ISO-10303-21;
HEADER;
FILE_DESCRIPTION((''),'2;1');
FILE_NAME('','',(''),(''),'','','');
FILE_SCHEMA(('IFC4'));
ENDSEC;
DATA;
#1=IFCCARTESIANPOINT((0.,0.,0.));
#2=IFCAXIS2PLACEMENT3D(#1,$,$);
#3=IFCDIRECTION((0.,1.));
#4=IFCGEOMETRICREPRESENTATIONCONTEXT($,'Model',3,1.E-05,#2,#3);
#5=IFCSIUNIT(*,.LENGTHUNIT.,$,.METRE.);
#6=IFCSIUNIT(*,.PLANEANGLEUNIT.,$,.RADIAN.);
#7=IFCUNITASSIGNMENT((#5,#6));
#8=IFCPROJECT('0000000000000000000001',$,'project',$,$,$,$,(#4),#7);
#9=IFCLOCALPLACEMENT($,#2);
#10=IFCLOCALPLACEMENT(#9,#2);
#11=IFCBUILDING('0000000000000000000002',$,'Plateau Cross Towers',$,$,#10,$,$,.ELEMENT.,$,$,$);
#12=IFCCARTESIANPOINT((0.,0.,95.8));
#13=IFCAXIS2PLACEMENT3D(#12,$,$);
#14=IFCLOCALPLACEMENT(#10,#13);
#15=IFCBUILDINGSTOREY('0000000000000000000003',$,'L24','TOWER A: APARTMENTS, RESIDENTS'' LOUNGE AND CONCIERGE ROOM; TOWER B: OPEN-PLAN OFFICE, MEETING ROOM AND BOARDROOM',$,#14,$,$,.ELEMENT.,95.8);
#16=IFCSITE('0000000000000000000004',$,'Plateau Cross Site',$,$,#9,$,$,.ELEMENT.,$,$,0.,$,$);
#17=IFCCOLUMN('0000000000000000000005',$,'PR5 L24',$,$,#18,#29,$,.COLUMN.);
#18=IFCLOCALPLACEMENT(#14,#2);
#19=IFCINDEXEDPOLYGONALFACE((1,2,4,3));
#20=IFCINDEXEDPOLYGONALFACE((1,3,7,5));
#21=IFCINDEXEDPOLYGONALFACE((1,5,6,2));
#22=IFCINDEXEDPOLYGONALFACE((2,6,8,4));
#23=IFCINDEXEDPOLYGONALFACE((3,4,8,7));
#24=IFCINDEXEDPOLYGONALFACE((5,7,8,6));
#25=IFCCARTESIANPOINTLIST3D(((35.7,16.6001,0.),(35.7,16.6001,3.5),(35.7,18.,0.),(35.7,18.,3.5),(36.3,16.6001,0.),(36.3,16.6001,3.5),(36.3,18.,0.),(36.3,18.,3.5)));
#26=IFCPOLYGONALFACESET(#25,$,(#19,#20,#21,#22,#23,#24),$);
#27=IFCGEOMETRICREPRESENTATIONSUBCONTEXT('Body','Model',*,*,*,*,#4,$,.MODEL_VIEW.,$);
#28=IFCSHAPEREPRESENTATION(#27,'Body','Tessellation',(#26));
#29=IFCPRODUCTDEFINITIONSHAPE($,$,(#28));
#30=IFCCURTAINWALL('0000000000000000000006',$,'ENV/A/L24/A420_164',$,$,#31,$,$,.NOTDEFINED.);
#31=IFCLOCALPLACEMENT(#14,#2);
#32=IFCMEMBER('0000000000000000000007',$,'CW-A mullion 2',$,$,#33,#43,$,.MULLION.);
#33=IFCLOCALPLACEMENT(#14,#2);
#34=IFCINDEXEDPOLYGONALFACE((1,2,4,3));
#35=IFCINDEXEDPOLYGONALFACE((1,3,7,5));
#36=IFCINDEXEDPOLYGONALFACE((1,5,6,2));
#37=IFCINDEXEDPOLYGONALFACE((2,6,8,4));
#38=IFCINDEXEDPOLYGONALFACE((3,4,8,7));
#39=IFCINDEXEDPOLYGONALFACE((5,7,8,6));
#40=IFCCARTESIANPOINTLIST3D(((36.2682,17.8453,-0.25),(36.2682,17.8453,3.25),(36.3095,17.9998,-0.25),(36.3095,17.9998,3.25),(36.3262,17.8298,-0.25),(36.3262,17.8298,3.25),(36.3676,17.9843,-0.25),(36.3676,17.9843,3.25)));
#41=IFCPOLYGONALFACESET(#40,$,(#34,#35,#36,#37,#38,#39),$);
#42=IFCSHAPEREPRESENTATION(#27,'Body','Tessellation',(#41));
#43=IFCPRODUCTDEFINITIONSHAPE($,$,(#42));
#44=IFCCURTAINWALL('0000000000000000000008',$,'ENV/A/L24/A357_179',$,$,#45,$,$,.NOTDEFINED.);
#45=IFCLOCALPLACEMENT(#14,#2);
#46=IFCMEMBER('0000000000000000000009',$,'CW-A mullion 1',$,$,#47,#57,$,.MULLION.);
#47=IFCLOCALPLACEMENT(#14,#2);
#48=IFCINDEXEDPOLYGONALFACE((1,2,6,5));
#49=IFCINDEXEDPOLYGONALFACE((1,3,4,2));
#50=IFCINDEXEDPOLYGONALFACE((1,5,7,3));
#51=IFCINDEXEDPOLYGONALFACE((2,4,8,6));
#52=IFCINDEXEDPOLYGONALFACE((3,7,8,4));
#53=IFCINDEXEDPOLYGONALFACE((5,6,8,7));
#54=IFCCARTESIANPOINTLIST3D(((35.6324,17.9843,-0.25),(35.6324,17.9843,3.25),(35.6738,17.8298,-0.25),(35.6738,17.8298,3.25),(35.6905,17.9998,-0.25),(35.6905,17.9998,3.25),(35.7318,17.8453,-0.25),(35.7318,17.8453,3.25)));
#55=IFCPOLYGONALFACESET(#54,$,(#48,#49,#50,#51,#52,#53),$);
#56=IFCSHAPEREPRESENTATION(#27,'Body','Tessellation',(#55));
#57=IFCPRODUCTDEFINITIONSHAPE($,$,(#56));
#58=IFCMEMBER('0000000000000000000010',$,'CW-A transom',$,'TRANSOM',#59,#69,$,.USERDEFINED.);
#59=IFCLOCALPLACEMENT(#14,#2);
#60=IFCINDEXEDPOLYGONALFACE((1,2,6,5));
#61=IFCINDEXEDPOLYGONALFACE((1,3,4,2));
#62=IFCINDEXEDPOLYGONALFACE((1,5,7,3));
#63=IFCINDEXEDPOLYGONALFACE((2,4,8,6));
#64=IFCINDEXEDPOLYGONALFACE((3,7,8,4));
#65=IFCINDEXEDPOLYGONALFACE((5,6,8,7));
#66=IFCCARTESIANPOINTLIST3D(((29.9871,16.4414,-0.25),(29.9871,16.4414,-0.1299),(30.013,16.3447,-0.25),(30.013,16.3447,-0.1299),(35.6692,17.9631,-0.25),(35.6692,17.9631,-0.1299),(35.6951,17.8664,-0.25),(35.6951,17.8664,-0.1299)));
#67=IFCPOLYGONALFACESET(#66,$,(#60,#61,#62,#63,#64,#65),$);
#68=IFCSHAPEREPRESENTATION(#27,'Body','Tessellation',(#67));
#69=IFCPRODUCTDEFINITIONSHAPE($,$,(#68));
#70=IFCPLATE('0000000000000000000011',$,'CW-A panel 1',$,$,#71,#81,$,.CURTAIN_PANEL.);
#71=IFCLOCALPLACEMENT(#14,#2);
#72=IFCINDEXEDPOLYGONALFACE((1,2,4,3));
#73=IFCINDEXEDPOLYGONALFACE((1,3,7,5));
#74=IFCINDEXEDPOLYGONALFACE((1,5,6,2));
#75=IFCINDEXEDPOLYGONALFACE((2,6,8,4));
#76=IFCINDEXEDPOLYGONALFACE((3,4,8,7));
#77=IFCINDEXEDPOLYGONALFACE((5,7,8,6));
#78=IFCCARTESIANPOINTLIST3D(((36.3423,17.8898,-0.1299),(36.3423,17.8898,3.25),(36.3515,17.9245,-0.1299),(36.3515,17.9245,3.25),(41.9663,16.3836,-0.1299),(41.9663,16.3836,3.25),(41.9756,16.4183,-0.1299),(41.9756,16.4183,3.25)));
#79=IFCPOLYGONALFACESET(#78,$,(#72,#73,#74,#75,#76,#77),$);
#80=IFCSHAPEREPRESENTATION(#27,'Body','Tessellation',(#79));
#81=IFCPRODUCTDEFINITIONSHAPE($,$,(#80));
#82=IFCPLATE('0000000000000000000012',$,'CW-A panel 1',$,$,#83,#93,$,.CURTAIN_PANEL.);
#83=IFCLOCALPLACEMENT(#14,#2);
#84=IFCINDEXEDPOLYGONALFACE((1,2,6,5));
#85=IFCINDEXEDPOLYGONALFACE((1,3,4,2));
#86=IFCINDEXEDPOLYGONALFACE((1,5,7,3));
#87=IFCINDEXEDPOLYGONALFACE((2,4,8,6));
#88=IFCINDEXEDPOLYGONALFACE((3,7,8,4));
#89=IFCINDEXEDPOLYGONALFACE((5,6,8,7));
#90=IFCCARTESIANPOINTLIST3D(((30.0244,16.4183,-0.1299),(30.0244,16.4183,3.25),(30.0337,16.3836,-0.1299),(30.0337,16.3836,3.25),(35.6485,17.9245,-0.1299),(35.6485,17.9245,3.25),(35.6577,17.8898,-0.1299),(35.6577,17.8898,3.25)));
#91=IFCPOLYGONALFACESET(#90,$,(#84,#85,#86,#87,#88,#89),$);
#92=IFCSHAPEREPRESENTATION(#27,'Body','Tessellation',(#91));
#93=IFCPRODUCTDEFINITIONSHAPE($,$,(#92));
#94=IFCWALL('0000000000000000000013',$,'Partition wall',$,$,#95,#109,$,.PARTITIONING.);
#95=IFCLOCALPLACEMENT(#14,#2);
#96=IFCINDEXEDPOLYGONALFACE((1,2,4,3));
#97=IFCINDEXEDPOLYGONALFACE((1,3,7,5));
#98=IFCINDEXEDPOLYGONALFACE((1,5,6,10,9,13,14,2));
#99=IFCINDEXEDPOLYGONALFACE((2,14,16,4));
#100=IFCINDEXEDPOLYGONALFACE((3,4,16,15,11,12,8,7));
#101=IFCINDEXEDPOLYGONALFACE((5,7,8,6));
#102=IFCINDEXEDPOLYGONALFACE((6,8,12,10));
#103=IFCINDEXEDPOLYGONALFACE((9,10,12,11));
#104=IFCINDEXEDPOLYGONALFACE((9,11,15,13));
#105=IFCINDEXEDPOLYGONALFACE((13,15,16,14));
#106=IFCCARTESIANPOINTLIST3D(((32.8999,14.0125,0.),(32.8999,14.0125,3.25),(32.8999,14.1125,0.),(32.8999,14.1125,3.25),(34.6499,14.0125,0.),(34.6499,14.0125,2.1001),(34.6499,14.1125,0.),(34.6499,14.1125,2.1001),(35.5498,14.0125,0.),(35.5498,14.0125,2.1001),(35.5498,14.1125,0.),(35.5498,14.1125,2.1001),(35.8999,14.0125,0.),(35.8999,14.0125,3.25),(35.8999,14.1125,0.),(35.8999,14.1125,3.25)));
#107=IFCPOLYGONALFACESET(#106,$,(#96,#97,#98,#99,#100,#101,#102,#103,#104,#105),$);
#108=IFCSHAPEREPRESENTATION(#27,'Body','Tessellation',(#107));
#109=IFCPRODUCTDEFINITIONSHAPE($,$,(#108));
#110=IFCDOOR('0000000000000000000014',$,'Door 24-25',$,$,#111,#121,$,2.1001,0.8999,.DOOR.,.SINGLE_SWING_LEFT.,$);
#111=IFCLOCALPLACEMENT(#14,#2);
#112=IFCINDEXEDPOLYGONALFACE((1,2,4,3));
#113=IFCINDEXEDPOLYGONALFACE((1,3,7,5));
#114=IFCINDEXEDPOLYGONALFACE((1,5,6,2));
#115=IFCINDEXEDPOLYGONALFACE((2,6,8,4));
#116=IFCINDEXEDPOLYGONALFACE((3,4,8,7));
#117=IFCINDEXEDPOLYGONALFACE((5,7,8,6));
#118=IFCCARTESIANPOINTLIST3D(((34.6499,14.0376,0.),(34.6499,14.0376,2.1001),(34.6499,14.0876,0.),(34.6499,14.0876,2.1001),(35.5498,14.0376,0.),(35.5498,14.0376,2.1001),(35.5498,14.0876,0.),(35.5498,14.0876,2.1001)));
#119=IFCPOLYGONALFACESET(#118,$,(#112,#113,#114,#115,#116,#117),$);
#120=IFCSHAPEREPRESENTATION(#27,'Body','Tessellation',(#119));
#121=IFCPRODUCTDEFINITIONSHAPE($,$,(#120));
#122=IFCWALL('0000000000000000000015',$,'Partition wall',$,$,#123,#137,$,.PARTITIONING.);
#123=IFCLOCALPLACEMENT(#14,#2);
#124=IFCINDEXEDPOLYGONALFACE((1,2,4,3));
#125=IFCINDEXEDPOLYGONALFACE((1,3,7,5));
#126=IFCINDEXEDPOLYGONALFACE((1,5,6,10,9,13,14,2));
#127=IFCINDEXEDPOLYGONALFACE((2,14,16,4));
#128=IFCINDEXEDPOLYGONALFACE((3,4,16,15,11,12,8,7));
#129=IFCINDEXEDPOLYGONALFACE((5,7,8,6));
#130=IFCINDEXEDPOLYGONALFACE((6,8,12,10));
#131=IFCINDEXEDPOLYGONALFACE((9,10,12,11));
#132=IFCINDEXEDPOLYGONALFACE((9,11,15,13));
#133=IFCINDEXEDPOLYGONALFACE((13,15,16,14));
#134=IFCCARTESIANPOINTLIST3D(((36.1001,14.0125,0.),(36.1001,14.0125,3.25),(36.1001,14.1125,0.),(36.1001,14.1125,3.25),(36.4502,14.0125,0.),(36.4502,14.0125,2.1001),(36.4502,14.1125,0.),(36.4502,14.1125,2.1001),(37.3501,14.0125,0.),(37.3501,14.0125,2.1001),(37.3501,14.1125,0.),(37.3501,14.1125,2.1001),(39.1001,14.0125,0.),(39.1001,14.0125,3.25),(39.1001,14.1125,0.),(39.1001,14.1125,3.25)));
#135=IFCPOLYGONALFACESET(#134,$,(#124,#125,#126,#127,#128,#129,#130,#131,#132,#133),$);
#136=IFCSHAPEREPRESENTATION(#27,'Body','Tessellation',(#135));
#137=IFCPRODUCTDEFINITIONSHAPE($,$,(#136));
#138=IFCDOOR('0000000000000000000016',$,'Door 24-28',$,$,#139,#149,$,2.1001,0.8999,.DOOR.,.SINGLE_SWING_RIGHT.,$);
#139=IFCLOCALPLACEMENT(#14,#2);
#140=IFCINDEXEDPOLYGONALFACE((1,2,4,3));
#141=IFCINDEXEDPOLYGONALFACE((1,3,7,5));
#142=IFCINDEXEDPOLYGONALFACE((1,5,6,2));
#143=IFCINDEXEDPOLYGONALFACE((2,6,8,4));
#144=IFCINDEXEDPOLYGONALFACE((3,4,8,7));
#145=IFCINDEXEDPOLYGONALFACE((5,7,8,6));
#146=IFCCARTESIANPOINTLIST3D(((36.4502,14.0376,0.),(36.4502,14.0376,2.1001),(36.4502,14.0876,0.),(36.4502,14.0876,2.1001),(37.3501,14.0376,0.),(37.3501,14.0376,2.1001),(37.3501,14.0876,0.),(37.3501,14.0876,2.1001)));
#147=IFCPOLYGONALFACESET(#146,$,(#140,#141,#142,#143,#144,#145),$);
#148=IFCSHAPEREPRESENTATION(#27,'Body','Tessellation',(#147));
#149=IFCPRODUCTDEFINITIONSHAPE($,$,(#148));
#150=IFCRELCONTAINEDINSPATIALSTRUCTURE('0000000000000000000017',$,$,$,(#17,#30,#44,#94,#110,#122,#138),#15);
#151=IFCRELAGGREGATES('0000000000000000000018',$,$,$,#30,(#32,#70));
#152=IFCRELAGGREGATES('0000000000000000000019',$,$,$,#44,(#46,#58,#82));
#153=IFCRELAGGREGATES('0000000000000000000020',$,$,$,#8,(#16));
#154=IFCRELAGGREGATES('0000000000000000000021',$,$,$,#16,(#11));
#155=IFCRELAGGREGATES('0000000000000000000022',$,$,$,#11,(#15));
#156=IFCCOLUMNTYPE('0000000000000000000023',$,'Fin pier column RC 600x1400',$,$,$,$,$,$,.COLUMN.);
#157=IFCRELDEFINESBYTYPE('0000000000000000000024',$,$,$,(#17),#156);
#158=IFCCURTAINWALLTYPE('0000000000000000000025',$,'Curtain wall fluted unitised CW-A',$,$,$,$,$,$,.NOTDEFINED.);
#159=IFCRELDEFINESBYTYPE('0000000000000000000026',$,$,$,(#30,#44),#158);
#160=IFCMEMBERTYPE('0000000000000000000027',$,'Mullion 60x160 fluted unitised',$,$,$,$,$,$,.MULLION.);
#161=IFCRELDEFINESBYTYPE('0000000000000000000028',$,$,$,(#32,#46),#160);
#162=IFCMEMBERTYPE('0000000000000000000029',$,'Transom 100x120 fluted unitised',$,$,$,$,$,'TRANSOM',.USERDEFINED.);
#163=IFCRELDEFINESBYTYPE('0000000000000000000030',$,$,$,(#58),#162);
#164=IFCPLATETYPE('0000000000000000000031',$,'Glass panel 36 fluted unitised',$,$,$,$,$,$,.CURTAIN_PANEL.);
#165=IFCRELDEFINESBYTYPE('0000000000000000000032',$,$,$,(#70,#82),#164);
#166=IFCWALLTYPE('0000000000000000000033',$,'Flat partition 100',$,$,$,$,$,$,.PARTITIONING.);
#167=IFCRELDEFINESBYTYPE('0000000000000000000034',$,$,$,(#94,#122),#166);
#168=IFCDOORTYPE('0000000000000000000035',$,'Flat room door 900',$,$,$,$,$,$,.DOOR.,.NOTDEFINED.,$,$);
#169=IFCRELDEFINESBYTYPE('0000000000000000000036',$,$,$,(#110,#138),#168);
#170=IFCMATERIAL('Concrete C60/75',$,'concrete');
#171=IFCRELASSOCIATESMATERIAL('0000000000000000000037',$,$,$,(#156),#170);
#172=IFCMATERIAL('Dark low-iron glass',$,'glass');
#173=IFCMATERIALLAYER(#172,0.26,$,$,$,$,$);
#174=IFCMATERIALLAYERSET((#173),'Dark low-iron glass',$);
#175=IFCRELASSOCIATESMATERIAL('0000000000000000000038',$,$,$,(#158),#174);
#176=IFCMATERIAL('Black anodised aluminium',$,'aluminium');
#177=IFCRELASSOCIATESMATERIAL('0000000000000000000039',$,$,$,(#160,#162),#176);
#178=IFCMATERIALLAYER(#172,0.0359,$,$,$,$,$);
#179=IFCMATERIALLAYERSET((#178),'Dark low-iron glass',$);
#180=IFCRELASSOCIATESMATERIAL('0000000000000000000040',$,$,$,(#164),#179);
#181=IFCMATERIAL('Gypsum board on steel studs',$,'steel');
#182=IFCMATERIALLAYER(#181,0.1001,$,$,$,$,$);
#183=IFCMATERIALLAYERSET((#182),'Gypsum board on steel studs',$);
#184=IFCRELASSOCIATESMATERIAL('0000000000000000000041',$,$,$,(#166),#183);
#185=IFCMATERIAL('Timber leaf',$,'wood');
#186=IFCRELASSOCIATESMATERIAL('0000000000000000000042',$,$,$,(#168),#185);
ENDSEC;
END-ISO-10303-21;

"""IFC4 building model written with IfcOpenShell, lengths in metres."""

from ifc_helpers import new_model, si_unit, direction, frame, frame_2d, origin, origin_2d, place, context, subcontext, project, spatial, rectangle, extrude, material, layer, layer_set, material_profile, profile_set, type_object, element, fill, aggregate, save


model = new_model("IFC4")

# Units and contexts
model_context = context("Model", 3, precision=1e-05, world=origin(), true_north=direction((0.0, 1.0)))
body_context = subcontext(model_context, "Body", "Model", "MODEL_VIEW")
ifc_project = project(units=[si_unit("LENGTHUNIT", "METRE"), si_unit("PLANEANGLEUNIT", "RADIAN")], contexts=[model_context])

# Site, building, storey
site_placement = place(None, origin())
site = spatial("IfcSite", under=ifc_project, at=site_placement, Name="Plateau Cross Site", CompositionType="ELEMENT", RefElevation=0.0)
building_placement = place(site_placement, origin())
building = spatial("IfcBuilding", under=site, at=building_placement, Name="Plateau Cross Towers", CompositionType="ELEMENT")
storey_placement = place(building_placement, frame((0.0, 0.0, 95.8)))
storey = spatial("IfcBuildingStorey", under=building, at=storey_placement, Name="L24", Description="TOWER A: APARTMENTS, RESIDENTS' LOUNGE AND CONCIERGE ROOM; TOWER B: OPEN-PLAN OFFICE, MEETING ROOM AND BOARDROOM", CompositionType="ELEMENT", Elevation=95.8)

# Column
ifc_material_1 = material(Name="Concrete C60/75", Category="concrete")
ifc_material_profile_1 = material_profile(ifc_material_1, rectangle(XDim=0.6001, YDim=1.3999, at=origin_2d()), Name="RC 600x1400")
ifc_profile_set_1 = profile_set([ifc_material_profile_1], Name="Concrete C60/75")
column_type = type_object("IfcColumnType", Name="Fin pier column RC 600x1400", PredefinedType="COLUMN", material=ifc_profile_set_1)
column_placement = place(storey_placement, frame((36.0, 17.3, 0.0), z_axis=(0.0, 0.0, 1.0), x_axis=(1.0, 0.0, 0.0)))
element("IfcColumn", 1, at=column_placement, inside=storey, type_object=column_type, Name="PR5 L24", PredefinedType="COLUMN", context=body_context, shape_type="SweptSolid", body=[
    extrude(rectangle(XDim=0.6001, YDim=1.3999, at=origin_2d()), origin(), (0.0, 0.0, 1.0), 3.5),
])

# Curtain wall, member
ifc_material_2 = material(Name="Dark low-iron glass", Category="glass")
ifc_layer_1 = layer(ifc_material_2, 0.26)
ifc_layer_set_1 = layer_set([ifc_layer_1], Name="Dark low-iron glass")
curtain_wall_type = type_object("IfcCurtainWallType", Name="Curtain wall fluted unitised CW-A", PredefinedType="NOTDEFINED", material=ifc_layer_set_1)
curtain_wall_1_placement = place(storey_placement, origin())
curtain_wall_1 = element("IfcCurtainWall", 2, at=curtain_wall_1_placement, inside=storey, type_object=curtain_wall_type, Name="ENV/A/L24/A420_164", PredefinedType="NOTDEFINED")
ifc_material_3 = material(Name="Black anodised aluminium", Category="aluminium")
ifc_material_profile_2 = material_profile(ifc_material_3, rectangle(XDim=0.0601, YDim=0.1599, at=origin_2d()), Name="MULLION 60x160")
ifc_profile_set_2 = profile_set([ifc_material_profile_2], Name="Black anodised aluminium")
member_type_1 = type_object("IfcMemberType", Name="Mullion 60x160 fluted unitised", PredefinedType="MULLION", material=ifc_profile_set_2)
member_1_placement = place(storey_placement, frame((36.3179, 17.9148, -0.25), z_axis=(0.0, 0.0, 1.0), x_axis=(-0.965958, 0.258699, 0.0)))
member_1 = element("IfcMember", 3, at=member_1_placement, type_object=member_type_1, Name="CW-A mullion 2", PredefinedType="MULLION", context=body_context, shape_type="SweptSolid", body=[
    extrude(rectangle(XDim=0.0601, YDim=0.1599, at=origin_2d()), origin(), (0.0, 0.0, 1.0), 3.5),
])

# Curtain wall, members
curtain_wall_2_placement = place(storey_placement, origin())
curtain_wall_2 = element("IfcCurtainWall", 4, at=curtain_wall_2_placement, inside=storey, type_object=curtain_wall_type, Name="ENV/A/L24/A357_179", PredefinedType="NOTDEFINED")
member_2_placement = place(storey_placement, frame((35.6821, 17.9148, -0.25), z_axis=(0.0, 0.0, 1.0), x_axis=(-0.965958, -0.258699, 0.0)))
member_2 = element("IfcMember", 5, at=member_2_placement, type_object=member_type_1, Name="CW-A mullion 1", PredefinedType="MULLION", context=body_context, shape_type="SweptSolid", body=[
    extrude(rectangle(XDim=0.0601, YDim=0.1599, at=origin_2d()), origin(), (0.0, 0.0, 1.0), 3.5),
])
ifc_material_profile_3 = material_profile(ifc_material_3, rectangle(XDim=0.1001, YDim=0.1201, at=origin_2d()), Name="TRANSOM 100x120")
ifc_profile_set_3 = profile_set([ifc_material_profile_3], Name="Black anodised aluminium")
member_type_2 = type_object("IfcMemberType", Name="Transom 100x120 fluted unitised", ElementType="TRANSOM", PredefinedType="USERDEFINED", material=ifc_profile_set_3)
member_3_placement = place(storey_placement, frame((35.6821, 17.9148, -0.1899), z_axis=(-0.96596, -0.258693, 0.0), x_axis=(0.258693, -0.96596, 0.0)))
member_3 = element("IfcMember", 6, at=member_3_placement, type_object=member_type_2, Name="CW-A transom", ObjectType="TRANSOM", PredefinedType="USERDEFINED", context=body_context, shape_type="SweptSolid", body=[
    extrude(rectangle(XDim=0.1001, YDim=0.1201, at=origin_2d()), origin(), (0.0, 0.0, 1.0), 5.8823),
])

# Plates
ifc_layer_2 = layer(ifc_material_2, 0.0359)
ifc_layer_set_2 = layer_set([ifc_layer_2], Name="Dark low-iron glass")
plate_type = type_object("IfcPlateType", Name="Glass panel 36 fluted unitised", PredefinedType="CURTAIN_PANEL", material=ifc_layer_set_2)
plate_1_placement = place(storey_placement, frame((39.1589, 17.1541, -0.1299), z_axis=(0.0, 0.0, 1.0), x_axis=(-0.965958, 0.258699, 0.0)))
plate_1 = element("IfcPlate", 7, at=plate_1_placement, type_object=plate_type, Name="CW-A panel 1", PredefinedType="CURTAIN_PANEL", context=body_context, shape_type="SweptSolid", body=[
    extrude(rectangle(XDim=5.8223, YDim=0.0359, at=origin_2d()), origin(), (0.0, 0.0, 1.0), 3.3799),
])
aggregate(curtain_wall_1, [member_1, plate_1])
plate_2_placement = place(storey_placement, frame((32.8411, 17.1541, -0.1299), z_axis=(0.0, 0.0, 1.0), x_axis=(-0.965958, -0.258699, 0.0)))
plate_2 = element("IfcPlate", 8, at=plate_2_placement, type_object=plate_type, Name="CW-A panel 1", PredefinedType="CURTAIN_PANEL", context=body_context, shape_type="SweptSolid", body=[
    extrude(rectangle(XDim=5.8223, YDim=0.0359, at=origin_2d()), origin(), (0.0, 0.0, 1.0), 3.3799),
])
aggregate(curtain_wall_2, [member_2, member_3, plate_2])

# Walls, openings, doors
ifc_material_4 = material(Name="Gypsum board on steel studs", Category="steel")
ifc_layer_3 = layer(ifc_material_4, 0.1001)
ifc_layer_set_3 = layer_set([ifc_layer_3], Name="Gypsum board on steel studs")
wall_type_1 = type_object("IfcWallType", Name="Flat partition 100", PredefinedType="PARTITIONING", material=ifc_layer_set_3)
wall_1_placement = place(storey_placement, frame((35.8999, 14.0625, 0.0), z_axis=(0.0, 0.0, 1.0), x_axis=(-1.0, 0.0, 0.0)))
wall_1 = element("IfcWall", 9, at=wall_1_placement, inside=storey, type_object=wall_type_1, Name="Partition wall", PredefinedType="PARTITIONING", context=body_context, shape_type="SweptSolid", body=[
    extrude(rectangle(XDim=3.0, YDim=0.1001, at=frame_2d((1.5, 0.0))), origin(), (0.0, 0.0, 1.0), 3.25),
])
opening_1_placement = place(wall_1_placement, frame((0.3501, 0.0, 0.0)))
opening_1 = element("IfcOpeningElement", 10, at=opening_1_placement, cuts=wall_1, PredefinedType="OPENING", context=body_context, shape_type="SweptSolid", body=[
    extrude(rectangle(XDim=0.8999, YDim=2.1001, at=frame_2d((0.45, 1.05))), frame((0.0, 0.0601, 0.0), z_axis=(0.0, -1.0, 0.0), x_axis=(1.0, 0.0, 0.0)), (0.0, 0.0, 1.0), 0.1201),
])
ifc_material_5 = material(Name="Timber leaf", Category="wood")
door_type = type_object("IfcDoorType", Name="Flat room door 900", OperationType="NOTDEFINED", PredefinedType="DOOR", material=ifc_material_5)
door_1_placement = place(opening_1_placement, origin())
door_1 = element("IfcDoor", 11, at=door_1_placement, inside=storey, type_object=door_type, Name="Door 24-25", OperationType="SINGLE_SWING_LEFT", OverallHeight=2.1001, OverallWidth=0.8999, PredefinedType="DOOR", context=body_context, shape_type="SweptSolid", body=[
    extrude(rectangle(XDim=0.8999, YDim=2.1001, at=frame_2d((0.45, 1.05))), frame((0.0, 0.0249, 0.0), z_axis=(0.0, -1.0, 0.0), x_axis=(1.0, 0.0, 0.0)), (0.0, 0.0, 1.0), 0.05),
])
fill(opening_1, door_1)
wall_2_placement = place(storey_placement, frame((39.1001, 14.0625, 0.0), z_axis=(0.0, 0.0, 1.0), x_axis=(-1.0, 0.0, 0.0)))
wall_2 = element("IfcWall", 12, at=wall_2_placement, inside=storey, type_object=wall_type_1, Name="Partition wall", PredefinedType="PARTITIONING", context=body_context, shape_type="SweptSolid", body=[
    extrude(rectangle(XDim=3.0, YDim=0.1001, at=frame_2d((1.5, 0.0))), origin(), (0.0, 0.0, 1.0), 3.25),
])
opening_2_placement = place(wall_2_placement, frame((1.75, 0.0, 0.0)))
opening_2 = element("IfcOpeningElement", 13, at=opening_2_placement, cuts=wall_2, PredefinedType="OPENING", context=body_context, shape_type="SweptSolid", body=[
    extrude(rectangle(XDim=0.8999, YDim=2.1001, at=frame_2d((0.45, 1.05))), frame((0.0, 0.0601, 0.0), z_axis=(0.0, -1.0, 0.0), x_axis=(1.0, 0.0, 0.0)), (0.0, 0.0, 1.0), 0.1201),
])
door_2_placement = place(opening_2_placement, origin())
door_2 = element("IfcDoor", 14, at=door_2_placement, inside=storey, type_object=door_type, Name="Door 24-28", OperationType="SINGLE_SWING_RIGHT", OverallHeight=2.1001, OverallWidth=0.8999, PredefinedType="DOOR", context=body_context, shape_type="SweptSolid", body=[
    extrude(rectangle(XDim=0.8999, YDim=2.1001, at=frame_2d((0.45, 1.05))), frame((0.0, 0.0249, 0.0), z_axis=(0.0, -1.0, 0.0), x_axis=(1.0, 0.0, 0.0)), (0.0, 0.0, 1.0), 0.05),
])
fill(opening_2, door_2)

save(model, "model.ifc")
